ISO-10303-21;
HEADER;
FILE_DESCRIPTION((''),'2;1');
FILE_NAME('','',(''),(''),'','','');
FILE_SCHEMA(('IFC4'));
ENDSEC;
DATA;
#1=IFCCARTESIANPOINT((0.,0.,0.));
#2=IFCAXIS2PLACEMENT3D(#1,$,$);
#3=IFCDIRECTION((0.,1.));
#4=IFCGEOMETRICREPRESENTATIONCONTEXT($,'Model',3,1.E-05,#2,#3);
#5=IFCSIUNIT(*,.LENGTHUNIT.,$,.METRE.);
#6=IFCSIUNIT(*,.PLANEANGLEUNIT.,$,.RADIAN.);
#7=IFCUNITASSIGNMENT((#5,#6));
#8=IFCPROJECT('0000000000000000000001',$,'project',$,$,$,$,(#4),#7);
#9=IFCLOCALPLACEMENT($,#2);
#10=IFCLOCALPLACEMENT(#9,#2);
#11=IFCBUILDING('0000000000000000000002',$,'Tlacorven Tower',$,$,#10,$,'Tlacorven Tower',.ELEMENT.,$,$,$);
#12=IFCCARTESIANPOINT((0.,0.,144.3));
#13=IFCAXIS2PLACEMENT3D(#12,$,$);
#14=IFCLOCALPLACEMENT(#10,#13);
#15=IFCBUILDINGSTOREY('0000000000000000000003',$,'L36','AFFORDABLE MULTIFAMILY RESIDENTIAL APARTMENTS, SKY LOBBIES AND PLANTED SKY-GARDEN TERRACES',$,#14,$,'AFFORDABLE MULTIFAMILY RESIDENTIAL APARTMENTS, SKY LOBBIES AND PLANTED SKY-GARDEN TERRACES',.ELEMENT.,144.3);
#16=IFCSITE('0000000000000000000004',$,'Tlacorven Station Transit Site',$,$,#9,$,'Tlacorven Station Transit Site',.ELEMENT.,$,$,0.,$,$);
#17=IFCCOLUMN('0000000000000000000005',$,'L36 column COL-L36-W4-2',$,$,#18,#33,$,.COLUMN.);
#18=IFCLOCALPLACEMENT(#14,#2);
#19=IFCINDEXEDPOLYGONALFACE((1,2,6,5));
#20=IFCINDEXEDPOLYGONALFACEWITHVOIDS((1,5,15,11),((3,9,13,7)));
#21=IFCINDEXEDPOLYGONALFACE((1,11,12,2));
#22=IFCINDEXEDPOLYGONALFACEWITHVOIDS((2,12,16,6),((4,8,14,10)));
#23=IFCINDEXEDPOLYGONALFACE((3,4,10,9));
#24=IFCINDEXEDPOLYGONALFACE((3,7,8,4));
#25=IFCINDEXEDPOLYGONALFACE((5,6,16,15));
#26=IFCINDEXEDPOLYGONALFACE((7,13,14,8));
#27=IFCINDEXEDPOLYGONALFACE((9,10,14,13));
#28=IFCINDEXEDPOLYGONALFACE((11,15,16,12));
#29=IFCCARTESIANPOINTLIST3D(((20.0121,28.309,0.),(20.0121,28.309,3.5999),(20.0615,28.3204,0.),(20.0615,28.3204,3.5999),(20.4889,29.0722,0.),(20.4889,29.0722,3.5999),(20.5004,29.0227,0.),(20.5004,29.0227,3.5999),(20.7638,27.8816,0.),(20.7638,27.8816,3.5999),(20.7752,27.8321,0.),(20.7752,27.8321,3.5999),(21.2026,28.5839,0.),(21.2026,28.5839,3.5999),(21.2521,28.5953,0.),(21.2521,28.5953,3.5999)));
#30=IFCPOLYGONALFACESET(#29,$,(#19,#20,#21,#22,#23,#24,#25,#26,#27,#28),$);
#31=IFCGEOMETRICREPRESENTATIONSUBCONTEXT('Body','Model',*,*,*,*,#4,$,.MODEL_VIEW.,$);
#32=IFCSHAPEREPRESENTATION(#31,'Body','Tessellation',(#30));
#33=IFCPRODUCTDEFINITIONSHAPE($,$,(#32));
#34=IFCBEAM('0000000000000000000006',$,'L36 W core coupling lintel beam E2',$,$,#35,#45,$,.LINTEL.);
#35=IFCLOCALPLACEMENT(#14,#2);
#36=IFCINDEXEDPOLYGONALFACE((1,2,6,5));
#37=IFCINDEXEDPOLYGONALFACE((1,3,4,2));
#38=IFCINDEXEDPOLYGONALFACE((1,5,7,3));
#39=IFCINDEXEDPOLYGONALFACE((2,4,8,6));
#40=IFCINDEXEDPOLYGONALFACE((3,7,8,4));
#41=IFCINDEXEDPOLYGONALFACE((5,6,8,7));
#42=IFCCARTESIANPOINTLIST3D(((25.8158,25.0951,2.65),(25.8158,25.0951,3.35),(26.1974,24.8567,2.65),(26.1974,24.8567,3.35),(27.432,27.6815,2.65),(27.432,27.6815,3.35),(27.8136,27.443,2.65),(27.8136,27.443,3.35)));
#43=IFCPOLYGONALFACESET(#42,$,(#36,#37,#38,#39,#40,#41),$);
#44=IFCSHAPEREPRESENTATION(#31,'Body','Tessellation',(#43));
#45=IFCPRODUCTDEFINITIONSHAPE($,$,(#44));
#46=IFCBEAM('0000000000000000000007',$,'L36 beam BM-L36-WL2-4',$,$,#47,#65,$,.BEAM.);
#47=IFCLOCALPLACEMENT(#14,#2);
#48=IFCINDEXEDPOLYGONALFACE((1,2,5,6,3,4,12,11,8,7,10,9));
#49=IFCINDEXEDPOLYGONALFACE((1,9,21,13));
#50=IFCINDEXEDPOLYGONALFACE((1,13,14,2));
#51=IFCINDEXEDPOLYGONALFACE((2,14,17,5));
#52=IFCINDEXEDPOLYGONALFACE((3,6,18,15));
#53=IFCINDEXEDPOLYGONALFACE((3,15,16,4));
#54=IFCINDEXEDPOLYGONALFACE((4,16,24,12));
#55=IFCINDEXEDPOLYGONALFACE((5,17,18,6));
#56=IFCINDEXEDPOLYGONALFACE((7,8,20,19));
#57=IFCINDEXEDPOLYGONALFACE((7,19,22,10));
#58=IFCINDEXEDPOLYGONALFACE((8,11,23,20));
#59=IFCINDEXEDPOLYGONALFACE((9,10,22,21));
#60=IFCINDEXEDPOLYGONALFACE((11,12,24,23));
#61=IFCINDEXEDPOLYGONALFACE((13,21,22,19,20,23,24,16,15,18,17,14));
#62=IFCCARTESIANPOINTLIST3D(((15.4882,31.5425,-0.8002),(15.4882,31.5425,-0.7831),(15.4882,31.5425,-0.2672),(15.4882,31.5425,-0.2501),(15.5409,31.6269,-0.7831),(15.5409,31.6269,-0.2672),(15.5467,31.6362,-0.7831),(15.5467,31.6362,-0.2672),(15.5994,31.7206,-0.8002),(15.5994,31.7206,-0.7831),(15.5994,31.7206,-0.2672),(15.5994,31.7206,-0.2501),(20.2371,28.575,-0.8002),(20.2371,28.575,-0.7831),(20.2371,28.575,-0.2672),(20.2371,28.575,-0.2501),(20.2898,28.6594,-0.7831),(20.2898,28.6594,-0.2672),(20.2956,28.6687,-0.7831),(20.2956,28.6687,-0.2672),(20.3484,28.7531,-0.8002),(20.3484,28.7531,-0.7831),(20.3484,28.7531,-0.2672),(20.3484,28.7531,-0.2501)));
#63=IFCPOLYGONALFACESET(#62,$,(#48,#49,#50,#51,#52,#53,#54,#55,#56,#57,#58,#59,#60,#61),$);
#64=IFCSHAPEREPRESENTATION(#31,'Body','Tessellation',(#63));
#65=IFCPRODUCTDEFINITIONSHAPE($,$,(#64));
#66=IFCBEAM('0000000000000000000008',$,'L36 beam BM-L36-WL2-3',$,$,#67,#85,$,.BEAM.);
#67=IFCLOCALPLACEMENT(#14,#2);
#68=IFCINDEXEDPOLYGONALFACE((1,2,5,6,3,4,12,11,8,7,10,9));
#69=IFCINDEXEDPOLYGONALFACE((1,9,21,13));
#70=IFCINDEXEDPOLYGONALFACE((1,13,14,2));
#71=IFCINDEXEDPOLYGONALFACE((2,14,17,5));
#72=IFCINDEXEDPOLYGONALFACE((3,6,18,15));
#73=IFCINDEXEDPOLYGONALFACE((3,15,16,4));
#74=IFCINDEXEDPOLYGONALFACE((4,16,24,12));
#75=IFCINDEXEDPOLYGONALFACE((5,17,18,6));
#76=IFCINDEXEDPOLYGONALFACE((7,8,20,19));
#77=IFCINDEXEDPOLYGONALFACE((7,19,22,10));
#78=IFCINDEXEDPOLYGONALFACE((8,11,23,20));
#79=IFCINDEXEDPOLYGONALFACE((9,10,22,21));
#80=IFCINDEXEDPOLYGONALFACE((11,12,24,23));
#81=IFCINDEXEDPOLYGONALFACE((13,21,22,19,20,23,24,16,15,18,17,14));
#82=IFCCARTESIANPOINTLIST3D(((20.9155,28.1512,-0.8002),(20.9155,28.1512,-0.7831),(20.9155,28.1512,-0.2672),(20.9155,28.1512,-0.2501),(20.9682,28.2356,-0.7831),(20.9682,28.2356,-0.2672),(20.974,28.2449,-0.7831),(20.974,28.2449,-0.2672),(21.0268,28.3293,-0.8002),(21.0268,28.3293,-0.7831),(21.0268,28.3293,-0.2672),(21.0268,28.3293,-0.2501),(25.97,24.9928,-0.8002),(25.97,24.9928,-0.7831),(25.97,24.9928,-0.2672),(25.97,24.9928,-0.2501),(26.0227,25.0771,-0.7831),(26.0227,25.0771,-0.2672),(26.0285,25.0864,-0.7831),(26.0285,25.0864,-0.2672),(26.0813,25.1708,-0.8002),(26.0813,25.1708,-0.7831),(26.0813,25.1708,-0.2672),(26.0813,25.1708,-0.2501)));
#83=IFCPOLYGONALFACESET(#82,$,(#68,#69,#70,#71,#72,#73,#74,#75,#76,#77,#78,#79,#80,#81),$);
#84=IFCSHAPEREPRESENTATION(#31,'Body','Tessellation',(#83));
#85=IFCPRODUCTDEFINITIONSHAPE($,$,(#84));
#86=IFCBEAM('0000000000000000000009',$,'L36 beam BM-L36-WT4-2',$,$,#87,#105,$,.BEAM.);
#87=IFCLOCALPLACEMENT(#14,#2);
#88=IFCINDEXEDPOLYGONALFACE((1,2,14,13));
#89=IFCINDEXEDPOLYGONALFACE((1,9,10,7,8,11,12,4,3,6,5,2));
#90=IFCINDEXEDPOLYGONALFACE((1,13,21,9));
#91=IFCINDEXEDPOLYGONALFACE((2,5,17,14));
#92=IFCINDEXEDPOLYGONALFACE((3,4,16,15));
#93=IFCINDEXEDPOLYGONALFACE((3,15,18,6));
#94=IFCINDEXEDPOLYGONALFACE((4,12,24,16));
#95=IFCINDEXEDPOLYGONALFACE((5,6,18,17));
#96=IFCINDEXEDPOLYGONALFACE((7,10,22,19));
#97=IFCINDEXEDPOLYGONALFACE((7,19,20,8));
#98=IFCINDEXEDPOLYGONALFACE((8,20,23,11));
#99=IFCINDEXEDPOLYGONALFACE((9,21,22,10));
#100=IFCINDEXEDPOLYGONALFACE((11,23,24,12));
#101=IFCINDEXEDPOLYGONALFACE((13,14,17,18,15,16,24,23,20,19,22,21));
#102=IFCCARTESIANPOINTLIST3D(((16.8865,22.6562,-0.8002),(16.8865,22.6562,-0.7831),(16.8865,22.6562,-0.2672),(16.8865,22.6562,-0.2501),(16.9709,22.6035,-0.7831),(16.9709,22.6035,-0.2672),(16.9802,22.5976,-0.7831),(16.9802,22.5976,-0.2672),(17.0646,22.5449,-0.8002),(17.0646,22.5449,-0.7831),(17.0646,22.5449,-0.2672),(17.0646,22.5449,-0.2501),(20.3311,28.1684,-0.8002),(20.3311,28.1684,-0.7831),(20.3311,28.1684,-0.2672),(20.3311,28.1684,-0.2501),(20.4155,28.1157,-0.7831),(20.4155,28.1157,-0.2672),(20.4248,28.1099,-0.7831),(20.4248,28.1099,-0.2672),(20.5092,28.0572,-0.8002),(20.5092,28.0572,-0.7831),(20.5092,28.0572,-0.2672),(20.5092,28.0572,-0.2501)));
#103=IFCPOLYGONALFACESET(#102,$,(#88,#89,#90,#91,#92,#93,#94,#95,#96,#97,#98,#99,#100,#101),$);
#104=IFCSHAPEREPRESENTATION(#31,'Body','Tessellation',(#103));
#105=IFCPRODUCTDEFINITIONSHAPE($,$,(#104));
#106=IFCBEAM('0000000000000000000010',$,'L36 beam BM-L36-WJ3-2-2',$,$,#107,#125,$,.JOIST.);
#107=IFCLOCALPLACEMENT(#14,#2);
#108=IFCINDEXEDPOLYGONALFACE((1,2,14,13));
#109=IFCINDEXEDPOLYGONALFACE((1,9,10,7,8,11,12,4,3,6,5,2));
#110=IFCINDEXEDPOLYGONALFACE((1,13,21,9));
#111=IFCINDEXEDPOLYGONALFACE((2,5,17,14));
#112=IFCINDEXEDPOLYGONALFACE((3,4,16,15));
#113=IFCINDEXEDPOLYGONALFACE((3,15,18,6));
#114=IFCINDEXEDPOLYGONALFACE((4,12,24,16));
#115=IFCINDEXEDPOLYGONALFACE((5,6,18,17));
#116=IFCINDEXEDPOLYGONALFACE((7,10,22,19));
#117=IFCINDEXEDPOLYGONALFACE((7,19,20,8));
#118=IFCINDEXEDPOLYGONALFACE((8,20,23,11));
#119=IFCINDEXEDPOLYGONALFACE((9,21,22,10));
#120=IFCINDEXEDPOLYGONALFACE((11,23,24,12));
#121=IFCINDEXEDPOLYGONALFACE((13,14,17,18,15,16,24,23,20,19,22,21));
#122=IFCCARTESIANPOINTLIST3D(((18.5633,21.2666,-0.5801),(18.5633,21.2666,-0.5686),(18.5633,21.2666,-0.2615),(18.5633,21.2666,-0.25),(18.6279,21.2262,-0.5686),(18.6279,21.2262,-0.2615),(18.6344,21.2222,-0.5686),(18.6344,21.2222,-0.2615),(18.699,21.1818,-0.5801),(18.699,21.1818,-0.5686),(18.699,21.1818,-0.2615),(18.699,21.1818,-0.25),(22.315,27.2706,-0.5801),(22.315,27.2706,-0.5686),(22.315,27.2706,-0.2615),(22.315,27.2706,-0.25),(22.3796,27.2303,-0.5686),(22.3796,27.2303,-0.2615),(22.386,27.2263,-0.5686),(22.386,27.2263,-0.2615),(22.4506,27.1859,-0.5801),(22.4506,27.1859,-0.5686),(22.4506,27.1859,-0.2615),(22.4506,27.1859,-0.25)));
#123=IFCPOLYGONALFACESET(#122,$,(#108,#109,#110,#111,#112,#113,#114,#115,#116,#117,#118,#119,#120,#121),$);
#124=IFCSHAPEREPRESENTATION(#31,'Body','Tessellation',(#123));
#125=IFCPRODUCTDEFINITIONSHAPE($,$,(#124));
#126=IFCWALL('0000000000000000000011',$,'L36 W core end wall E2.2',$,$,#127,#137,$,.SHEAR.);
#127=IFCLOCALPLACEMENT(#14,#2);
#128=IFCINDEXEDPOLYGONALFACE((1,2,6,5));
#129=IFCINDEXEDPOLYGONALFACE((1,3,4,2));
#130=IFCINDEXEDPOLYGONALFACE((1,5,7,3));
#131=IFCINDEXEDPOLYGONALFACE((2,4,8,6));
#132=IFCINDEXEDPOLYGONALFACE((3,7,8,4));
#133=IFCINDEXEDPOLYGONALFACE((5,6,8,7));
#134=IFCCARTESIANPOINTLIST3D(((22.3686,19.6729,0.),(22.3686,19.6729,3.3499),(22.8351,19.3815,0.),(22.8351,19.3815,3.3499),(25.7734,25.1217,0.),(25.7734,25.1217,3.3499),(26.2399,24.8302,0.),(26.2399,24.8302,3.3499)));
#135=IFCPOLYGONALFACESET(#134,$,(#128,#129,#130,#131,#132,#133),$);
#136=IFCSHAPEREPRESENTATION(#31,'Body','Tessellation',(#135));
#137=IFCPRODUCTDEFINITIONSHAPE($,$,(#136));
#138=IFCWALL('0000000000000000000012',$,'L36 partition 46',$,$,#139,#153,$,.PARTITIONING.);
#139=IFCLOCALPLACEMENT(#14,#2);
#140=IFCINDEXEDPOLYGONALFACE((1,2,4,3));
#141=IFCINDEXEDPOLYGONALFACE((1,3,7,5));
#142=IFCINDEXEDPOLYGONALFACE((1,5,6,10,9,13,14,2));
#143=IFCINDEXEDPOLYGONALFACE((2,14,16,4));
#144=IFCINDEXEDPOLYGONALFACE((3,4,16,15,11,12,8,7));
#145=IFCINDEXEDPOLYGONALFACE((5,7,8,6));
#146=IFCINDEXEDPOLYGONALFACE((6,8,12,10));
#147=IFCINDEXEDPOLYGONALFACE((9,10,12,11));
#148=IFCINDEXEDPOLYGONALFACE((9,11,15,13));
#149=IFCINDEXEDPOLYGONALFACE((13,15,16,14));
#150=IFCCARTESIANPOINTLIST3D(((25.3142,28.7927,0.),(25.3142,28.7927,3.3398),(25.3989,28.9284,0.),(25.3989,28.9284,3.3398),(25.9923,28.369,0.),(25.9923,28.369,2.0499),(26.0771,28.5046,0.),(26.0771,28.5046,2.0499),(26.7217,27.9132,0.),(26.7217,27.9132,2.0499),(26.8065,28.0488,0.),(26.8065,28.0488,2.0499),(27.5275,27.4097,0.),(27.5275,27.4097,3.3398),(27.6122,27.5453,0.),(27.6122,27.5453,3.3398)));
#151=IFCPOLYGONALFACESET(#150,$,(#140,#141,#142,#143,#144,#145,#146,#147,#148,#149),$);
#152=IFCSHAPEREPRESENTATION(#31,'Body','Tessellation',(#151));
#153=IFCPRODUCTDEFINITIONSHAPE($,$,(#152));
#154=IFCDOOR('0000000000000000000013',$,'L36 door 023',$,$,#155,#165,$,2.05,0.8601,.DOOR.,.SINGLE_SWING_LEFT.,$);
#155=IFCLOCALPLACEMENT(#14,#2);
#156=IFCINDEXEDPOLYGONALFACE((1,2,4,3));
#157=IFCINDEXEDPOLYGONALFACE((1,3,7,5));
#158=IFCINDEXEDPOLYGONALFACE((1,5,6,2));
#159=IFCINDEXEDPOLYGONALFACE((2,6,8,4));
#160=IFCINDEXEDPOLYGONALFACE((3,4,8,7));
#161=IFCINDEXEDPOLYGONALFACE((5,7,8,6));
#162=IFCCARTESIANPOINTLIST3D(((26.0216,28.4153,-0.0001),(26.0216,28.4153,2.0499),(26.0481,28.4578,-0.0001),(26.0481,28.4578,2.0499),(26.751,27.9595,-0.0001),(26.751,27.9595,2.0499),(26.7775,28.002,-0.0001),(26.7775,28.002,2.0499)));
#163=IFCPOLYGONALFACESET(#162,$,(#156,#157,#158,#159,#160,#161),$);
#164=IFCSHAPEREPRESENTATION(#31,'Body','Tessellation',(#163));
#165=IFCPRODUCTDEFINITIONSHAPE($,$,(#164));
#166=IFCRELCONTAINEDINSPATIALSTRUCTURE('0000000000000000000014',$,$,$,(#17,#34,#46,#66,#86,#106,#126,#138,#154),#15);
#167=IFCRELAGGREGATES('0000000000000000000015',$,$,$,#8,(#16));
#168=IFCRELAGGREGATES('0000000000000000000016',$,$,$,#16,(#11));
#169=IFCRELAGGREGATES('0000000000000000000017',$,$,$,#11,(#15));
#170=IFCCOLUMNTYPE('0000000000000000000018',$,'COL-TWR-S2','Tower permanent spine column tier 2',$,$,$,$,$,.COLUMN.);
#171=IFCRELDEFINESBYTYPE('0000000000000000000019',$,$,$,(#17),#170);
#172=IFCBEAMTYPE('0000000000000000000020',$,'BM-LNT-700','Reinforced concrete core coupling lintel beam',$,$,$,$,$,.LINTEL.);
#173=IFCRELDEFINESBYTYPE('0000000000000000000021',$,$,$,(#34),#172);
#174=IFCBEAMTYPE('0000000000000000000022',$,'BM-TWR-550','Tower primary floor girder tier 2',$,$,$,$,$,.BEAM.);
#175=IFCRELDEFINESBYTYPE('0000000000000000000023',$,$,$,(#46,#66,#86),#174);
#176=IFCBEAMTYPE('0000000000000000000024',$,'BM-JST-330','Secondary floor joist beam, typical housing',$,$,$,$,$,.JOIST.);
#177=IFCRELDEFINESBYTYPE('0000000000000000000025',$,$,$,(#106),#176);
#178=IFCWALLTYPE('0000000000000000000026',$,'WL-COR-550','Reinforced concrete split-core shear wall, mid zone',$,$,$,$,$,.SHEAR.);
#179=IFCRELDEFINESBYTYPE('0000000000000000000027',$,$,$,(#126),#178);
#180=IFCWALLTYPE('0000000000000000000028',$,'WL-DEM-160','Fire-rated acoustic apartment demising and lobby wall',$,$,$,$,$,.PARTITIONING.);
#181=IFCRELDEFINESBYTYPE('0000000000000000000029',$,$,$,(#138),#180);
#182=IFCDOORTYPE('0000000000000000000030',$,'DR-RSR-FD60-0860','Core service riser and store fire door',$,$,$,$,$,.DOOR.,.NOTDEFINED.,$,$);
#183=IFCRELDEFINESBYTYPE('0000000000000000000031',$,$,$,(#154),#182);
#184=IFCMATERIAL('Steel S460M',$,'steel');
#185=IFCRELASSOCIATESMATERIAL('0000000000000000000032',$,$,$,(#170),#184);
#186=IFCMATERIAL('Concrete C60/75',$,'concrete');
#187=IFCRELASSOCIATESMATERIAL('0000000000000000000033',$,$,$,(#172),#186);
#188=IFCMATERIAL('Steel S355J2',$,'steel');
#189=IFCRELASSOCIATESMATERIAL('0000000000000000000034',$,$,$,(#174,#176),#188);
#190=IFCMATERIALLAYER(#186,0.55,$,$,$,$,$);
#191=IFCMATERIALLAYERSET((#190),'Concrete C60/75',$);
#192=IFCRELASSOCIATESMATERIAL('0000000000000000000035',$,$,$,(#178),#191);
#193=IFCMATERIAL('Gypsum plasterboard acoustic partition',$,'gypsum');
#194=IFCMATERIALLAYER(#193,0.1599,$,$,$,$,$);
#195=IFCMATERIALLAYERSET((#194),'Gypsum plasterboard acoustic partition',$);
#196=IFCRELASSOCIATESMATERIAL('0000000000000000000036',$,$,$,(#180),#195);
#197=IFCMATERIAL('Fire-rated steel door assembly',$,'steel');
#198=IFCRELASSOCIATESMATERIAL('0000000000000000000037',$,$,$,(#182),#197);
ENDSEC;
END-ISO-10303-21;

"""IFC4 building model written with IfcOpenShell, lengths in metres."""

from ifc_helpers import new_model, si_unit, direction, frame, frame_2d, origin, origin_2d, place, context, subcontext, project, spatial, rectangle, hollow_rectangle, i_section, extrude, source, transform, mapped, material, layer, layer_set, material_profile, profile_set, type_object, element, fill, save


model = new_model("IFC4")

# Units and contexts
model_context = context("Model", 3, precision=1e-05, world=origin(), true_north=direction((0.0, 1.0)))
body_context = subcontext(model_context, "Body", "Model", "MODEL_VIEW")
ifc_project = project(units=[si_unit("LENGTHUNIT", "METRE"), si_unit("PLANEANGLEUNIT", "RADIAN")], contexts=[model_context])

# Site, building, storey
site_placement = place(None, origin())
site = spatial("IfcSite", under=ifc_project, at=site_placement, Name="Tlacorven Station Transit Site", LongName="Tlacorven Station Transit Site", CompositionType="ELEMENT", RefElevation=0.0)
building_placement = place(site_placement, origin())
building = spatial("IfcBuilding", under=site, at=building_placement, Name="Tlacorven Tower", LongName="Tlacorven Tower", CompositionType="ELEMENT")
storey_placement = place(building_placement, frame((0.0, 0.0, 144.3)))
storey = spatial("IfcBuildingStorey", under=building, at=storey_placement, Name="L36", Description="AFFORDABLE MULTIFAMILY RESIDENTIAL APARTMENTS, SKY LOBBIES AND PLANTED SKY-GARDEN TERRACES", LongName="AFFORDABLE MULTIFAMILY RESIDENTIAL APARTMENTS, SKY LOBBIES AND PLANTED SKY-GARDEN TERRACES", CompositionType="ELEMENT", Elevation=144.3)

# Column
ifc_material_1 = material(Name="Steel S460M", Category="steel")
ifc_material_profile_1 = material_profile(ifc_material_1, hollow_rectangle(XDim=0.8999, YDim=0.8999, WallThickness=0.0359, at=origin_2d()), Name="BOX 900X900X36")
ifc_profile_set_1 = profile_set([ifc_material_profile_1], Name="Steel S460M")
column_type = type_object("IfcColumnType", Name="COL-TWR-S2", Description="Tower permanent spine column tier 2", PredefinedType="COLUMN", material=ifc_profile_set_1)
shared_shape_1 = source(origin(), body_context, "Body", "SweptSolid", [
    extrude(hollow_rectangle(XDim=0.8999, YDim=0.8999, WallThickness=0.0359, at=origin_2d()), origin(), (0.0, 0.0, 1.0), 3.5999),
])
column_placement = place(storey_placement, frame((20.6321, 28.4521, 0.0), z_axis=(0.0, 0.0, 1.0), x_axis=(-0.848048, 0.529919, 0.0)))
element("IfcColumn", 1, at=column_placement, inside=storey, type_object=column_type, Name="L36 column COL-L36-W4-2", PredefinedType="COLUMN", context=body_context, shape_type="MappedRepresentation", body=[
    mapped(shared_shape_1, transform((0.0, 0.0, 0.0), scale=1.0)),
])

# Beams
ifc_material_2 = material(Name="Concrete C60/75", Category="concrete")
ifc_material_profile_2 = material_profile(ifc_material_2, rectangle(XDim=0.45, YDim=0.7, at=origin_2d()), Name="RC 450X700")
ifc_profile_set_2 = profile_set([ifc_material_profile_2], Name="Concrete C60/75")
beam_type_1 = type_object("IfcBeamType", Name="BM-LNT-700", Description="Reinforced concrete core coupling lintel beam", PredefinedType="LINTEL", material=ifc_profile_set_2)
shared_shape_2 = source(origin(), body_context, "Body", "SweptSolid", [
    extrude(rectangle(XDim=0.45, YDim=0.7, at=origin_2d()), origin(), (0.0, 0.0, 1.0), 3.0498),
])
beam_1_placement = place(storey_placement, frame((27.6228, 27.5623, 3.0), z_axis=(-0.529927, -0.848043, 0.0), x_axis=(0.848043, -0.529927, 0.0)))
element("IfcBeam", 2, at=beam_1_placement, inside=storey, type_object=beam_type_1, Name="L36 W core coupling lintel beam E2", PredefinedType="LINTEL", context=body_context, shape_type="MappedRepresentation", body=[
    mapped(shared_shape_2, transform((0.0, 0.0, 0.0), scale=1.0)),
])
ifc_material_3 = material(Name="Steel S355J2", Category="steel")
ifc_material_profile_3 = material_profile(ifc_material_3, i_section(OverallWidth=0.21, OverallDepth=0.55, WebThickness=0.011, FlangeThickness=0.0171, at=origin_2d()), Name="IPE 550")
ifc_profile_set_3 = profile_set([ifc_material_profile_3], Name="Steel S355J2")
beam_type_2 = type_object("IfcBeamType", Name="BM-TWR-550", Description="Tower primary floor girder tier 2", PredefinedType="BEAM", material=ifc_profile_set_3)
shared_shape_3 = source(origin(), body_context, "Body", "SweptSolid", [
    extrude(i_section(OverallWidth=0.21, OverallDepth=0.55, WebThickness=0.011, FlangeThickness=0.0171, at=origin_2d()), origin(), (0.0, 0.0, 1.0), 5.5999),
])
beam_2_placement = place(storey_placement, frame((20.2927, 28.6641, -0.5251), z_axis=(-0.848047, 0.529921, 0.0), x_axis=(-0.529921, -0.848047, 0.0)))
element("IfcBeam", 3, at=beam_2_placement, inside=storey, type_object=beam_type_2, Name="L36 beam BM-L36-WL2-4", PredefinedType="BEAM", context=body_context, shape_type="MappedRepresentation", body=[
    mapped(shared_shape_3, transform((0.0, 0.0, 0.0), scale=1.0)),
])
shared_shape_4 = source(origin(), body_context, "Body", "SweptSolid", [
    extrude(i_section(OverallWidth=0.21, OverallDepth=0.55, WebThickness=0.011, FlangeThickness=0.0171, at=origin_2d()), origin(), (0.0, 0.0, 1.0), 5.9602),
])
beam_3_placement = place(storey_placement, frame((26.0256, 25.0818, -0.5251), z_axis=(-0.848042, 0.529929, 0.0), x_axis=(-0.529929, -0.848042, 0.0)))
element("IfcBeam", 4, at=beam_3_placement, inside=storey, type_object=beam_type_2, Name="L36 beam BM-L36-WL2-3", PredefinedType="BEAM", context=body_context, shape_type="MappedRepresentation", body=[
    mapped(shared_shape_4, transform((0.0, 0.0, 0.0), scale=1.0)),
])
shared_shape_5 = source(origin(), body_context, "Body", "SweptSolid", [
    extrude(i_section(OverallWidth=0.21, OverallDepth=0.55, WebThickness=0.011, FlangeThickness=0.0171, at=origin_2d()), origin(), (0.0, 0.0, 1.0), 6.5),
])
beam_4_placement = place(storey_placement, frame((20.4202, 28.1128, -0.5251), z_axis=(-0.529938, -0.848036, 0.0), x_axis=(0.848036, -0.529938, 0.0)))
element("IfcBeam", 5, at=beam_4_placement, inside=storey, type_object=beam_type_2, Name="L36 beam BM-L36-WT4-2", PredefinedType="BEAM", context=body_context, shape_type="MappedRepresentation", body=[
    mapped(shared_shape_5, transform((0.0, 0.0, 0.0), scale=1.0)),
])
ifc_material_profile_4 = material_profile(ifc_material_3, i_section(OverallWidth=0.1599, OverallDepth=0.3301, WebThickness=0.0076, FlangeThickness=0.0115, at=origin_2d()), Name="IPE 330")
ifc_profile_set_4 = profile_set([ifc_material_profile_4], Name="Steel S355J2")
beam_type_3 = type_object("IfcBeamType", Name="BM-JST-330", Description="Secondary floor joist beam, typical housing", PredefinedType="JOIST", material=ifc_profile_set_4)
shared_shape_6 = source(origin(), body_context, "Body", "SweptSolid", [
    extrude(i_section(OverallWidth=0.1599, OverallDepth=0.3301, WebThickness=0.0076, FlangeThickness=0.0115, at=origin_2d()), origin(), (0.0, 0.0, 1.0), 7.0798),
])
beam_5_placement = place(storey_placement, frame((22.3828, 27.2283, -0.415), z_axis=(-0.529909, -0.848054, 0.0), x_axis=(0.848054, -0.529909, 0.0)))
element("IfcBeam", 6, at=beam_5_placement, inside=storey, type_object=beam_type_3, Name="L36 beam BM-L36-WJ3-2-2", PredefinedType="JOIST", context=body_context, shape_type="MappedRepresentation", body=[
    mapped(shared_shape_6, transform((0.0, 0.0, 0.0), scale=1.0)),
])

# Wall
ifc_layer_1 = layer(ifc_material_2, 0.55)
ifc_layer_set_1 = layer_set([ifc_layer_1], Name="Concrete C60/75")
wall_type_1 = type_object("IfcWallType", Name="WL-COR-550", Description="Reinforced concrete split-core shear wall, mid zone", PredefinedType="SHEAR", material=ifc_layer_set_1)
wall_1_placement = place(storey_placement, frame((26.0066, 24.9758, 0.0), z_axis=(0.0, 0.0, 1.0), x_axis=(-0.529924, -0.848045, 0.0)))
element("IfcWall", 7, at=wall_1_placement, inside=storey, type_object=wall_type_1, Name="L36 W core end wall E2.2", PredefinedType="SHEAR", context=body_context, shape_type="SweptSolid", body=[
    extrude(rectangle(XDim=6.425, YDim=0.55, at=frame_2d((3.2124, 0.0))), origin(), (0.0, 0.0, 1.0), 3.3499),
])

# Wall, opening, door
ifc_material_4 = material(Name="Gypsum plasterboard acoustic partition", Category="gypsum")
ifc_layer_2 = layer(ifc_material_4, 0.1599)
ifc_layer_set_2 = layer_set([ifc_layer_2], Name="Gypsum plasterboard acoustic partition")
wall_type_2 = type_object("IfcWallType", Name="WL-DEM-160", Description="Fire-rated acoustic apartment demising and lobby wall", PredefinedType="PARTITIONING", material=ifc_layer_set_2)
wall_2_placement = place(storey_placement, frame((27.5698, 27.4775, 0.0), z_axis=(0.0, 0.0, 1.0), x_axis=(-0.848051, 0.529915, 0.0)))
wall_2 = element("IfcWall", 8, at=wall_2_placement, inside=storey, type_object=wall_type_2, Name="L36 partition 46", PredefinedType="PARTITIONING", context=body_context, shape_type="SweptSolid", body=[
    extrude(rectangle(XDim=2.6099, YDim=0.1599, at=frame_2d((1.3049, 0.0))), origin(), (0.0, 0.0, 1.0), 3.3398),
])
opening_1_placement = place(wall_2_placement, frame((0.95, 0.0, 0.0)))
opening_1 = element("IfcOpeningElement", 9, at=opening_1_placement, cuts=wall_2, PredefinedType="OPENING", context=body_context, shape_type="SweptSolid", body=[
    extrude(rectangle(XDim=0.8601, YDim=2.05, at=frame_2d((0.4302, 1.0249))), frame((0.0, 0.0898, 0.0), z_axis=(0.0, -1.0, 0.0), x_axis=(1.0, 0.0, 0.0)), (0.0, 0.0, 1.0), 0.1799),
])
ifc_material_5 = material(Name="Fire-rated steel door assembly", Category="steel")
door_type_1 = type_object("IfcDoorType", Name="DR-RSR-FD60-0860", Description="Core service riser and store fire door", OperationType="NOTDEFINED", PredefinedType="DOOR", material=ifc_material_5)
shared_shape_7 = source(origin(), body_context, "Body", "SweptSolid", [
    extrude(rectangle(XDim=0.8601, YDim=2.05, at=frame_2d((0.4302, 1.0249))), frame((0.0, 0.0249, 0.0), z_axis=(0.0, -1.0, 0.0), x_axis=(1.0, 0.0, 0.0)), (0.0, 0.0, 1.0), 0.05),
])
door_1_placement = place(opening_1_placement, frame((0.8601, 0.0, 0.0), z_axis=(0.0, 0.0, 1.0), x_axis=(-1.0, 0.0, 0.0)))
door_1 = element("IfcDoor", 10, at=door_1_placement, inside=storey, type_object=door_type_1, Name="L36 door 023", OperationType="SINGLE_SWING_LEFT", OverallHeight=2.05, OverallWidth=0.8601, PredefinedType="DOOR", context=body_context, shape_type="MappedRepresentation", body=[
    mapped(shared_shape_7, transform((0.0, 0.0, 0.0), scale=1.0)),
])
fill(opening_1, door_1)

save(model, "model.ifc")
